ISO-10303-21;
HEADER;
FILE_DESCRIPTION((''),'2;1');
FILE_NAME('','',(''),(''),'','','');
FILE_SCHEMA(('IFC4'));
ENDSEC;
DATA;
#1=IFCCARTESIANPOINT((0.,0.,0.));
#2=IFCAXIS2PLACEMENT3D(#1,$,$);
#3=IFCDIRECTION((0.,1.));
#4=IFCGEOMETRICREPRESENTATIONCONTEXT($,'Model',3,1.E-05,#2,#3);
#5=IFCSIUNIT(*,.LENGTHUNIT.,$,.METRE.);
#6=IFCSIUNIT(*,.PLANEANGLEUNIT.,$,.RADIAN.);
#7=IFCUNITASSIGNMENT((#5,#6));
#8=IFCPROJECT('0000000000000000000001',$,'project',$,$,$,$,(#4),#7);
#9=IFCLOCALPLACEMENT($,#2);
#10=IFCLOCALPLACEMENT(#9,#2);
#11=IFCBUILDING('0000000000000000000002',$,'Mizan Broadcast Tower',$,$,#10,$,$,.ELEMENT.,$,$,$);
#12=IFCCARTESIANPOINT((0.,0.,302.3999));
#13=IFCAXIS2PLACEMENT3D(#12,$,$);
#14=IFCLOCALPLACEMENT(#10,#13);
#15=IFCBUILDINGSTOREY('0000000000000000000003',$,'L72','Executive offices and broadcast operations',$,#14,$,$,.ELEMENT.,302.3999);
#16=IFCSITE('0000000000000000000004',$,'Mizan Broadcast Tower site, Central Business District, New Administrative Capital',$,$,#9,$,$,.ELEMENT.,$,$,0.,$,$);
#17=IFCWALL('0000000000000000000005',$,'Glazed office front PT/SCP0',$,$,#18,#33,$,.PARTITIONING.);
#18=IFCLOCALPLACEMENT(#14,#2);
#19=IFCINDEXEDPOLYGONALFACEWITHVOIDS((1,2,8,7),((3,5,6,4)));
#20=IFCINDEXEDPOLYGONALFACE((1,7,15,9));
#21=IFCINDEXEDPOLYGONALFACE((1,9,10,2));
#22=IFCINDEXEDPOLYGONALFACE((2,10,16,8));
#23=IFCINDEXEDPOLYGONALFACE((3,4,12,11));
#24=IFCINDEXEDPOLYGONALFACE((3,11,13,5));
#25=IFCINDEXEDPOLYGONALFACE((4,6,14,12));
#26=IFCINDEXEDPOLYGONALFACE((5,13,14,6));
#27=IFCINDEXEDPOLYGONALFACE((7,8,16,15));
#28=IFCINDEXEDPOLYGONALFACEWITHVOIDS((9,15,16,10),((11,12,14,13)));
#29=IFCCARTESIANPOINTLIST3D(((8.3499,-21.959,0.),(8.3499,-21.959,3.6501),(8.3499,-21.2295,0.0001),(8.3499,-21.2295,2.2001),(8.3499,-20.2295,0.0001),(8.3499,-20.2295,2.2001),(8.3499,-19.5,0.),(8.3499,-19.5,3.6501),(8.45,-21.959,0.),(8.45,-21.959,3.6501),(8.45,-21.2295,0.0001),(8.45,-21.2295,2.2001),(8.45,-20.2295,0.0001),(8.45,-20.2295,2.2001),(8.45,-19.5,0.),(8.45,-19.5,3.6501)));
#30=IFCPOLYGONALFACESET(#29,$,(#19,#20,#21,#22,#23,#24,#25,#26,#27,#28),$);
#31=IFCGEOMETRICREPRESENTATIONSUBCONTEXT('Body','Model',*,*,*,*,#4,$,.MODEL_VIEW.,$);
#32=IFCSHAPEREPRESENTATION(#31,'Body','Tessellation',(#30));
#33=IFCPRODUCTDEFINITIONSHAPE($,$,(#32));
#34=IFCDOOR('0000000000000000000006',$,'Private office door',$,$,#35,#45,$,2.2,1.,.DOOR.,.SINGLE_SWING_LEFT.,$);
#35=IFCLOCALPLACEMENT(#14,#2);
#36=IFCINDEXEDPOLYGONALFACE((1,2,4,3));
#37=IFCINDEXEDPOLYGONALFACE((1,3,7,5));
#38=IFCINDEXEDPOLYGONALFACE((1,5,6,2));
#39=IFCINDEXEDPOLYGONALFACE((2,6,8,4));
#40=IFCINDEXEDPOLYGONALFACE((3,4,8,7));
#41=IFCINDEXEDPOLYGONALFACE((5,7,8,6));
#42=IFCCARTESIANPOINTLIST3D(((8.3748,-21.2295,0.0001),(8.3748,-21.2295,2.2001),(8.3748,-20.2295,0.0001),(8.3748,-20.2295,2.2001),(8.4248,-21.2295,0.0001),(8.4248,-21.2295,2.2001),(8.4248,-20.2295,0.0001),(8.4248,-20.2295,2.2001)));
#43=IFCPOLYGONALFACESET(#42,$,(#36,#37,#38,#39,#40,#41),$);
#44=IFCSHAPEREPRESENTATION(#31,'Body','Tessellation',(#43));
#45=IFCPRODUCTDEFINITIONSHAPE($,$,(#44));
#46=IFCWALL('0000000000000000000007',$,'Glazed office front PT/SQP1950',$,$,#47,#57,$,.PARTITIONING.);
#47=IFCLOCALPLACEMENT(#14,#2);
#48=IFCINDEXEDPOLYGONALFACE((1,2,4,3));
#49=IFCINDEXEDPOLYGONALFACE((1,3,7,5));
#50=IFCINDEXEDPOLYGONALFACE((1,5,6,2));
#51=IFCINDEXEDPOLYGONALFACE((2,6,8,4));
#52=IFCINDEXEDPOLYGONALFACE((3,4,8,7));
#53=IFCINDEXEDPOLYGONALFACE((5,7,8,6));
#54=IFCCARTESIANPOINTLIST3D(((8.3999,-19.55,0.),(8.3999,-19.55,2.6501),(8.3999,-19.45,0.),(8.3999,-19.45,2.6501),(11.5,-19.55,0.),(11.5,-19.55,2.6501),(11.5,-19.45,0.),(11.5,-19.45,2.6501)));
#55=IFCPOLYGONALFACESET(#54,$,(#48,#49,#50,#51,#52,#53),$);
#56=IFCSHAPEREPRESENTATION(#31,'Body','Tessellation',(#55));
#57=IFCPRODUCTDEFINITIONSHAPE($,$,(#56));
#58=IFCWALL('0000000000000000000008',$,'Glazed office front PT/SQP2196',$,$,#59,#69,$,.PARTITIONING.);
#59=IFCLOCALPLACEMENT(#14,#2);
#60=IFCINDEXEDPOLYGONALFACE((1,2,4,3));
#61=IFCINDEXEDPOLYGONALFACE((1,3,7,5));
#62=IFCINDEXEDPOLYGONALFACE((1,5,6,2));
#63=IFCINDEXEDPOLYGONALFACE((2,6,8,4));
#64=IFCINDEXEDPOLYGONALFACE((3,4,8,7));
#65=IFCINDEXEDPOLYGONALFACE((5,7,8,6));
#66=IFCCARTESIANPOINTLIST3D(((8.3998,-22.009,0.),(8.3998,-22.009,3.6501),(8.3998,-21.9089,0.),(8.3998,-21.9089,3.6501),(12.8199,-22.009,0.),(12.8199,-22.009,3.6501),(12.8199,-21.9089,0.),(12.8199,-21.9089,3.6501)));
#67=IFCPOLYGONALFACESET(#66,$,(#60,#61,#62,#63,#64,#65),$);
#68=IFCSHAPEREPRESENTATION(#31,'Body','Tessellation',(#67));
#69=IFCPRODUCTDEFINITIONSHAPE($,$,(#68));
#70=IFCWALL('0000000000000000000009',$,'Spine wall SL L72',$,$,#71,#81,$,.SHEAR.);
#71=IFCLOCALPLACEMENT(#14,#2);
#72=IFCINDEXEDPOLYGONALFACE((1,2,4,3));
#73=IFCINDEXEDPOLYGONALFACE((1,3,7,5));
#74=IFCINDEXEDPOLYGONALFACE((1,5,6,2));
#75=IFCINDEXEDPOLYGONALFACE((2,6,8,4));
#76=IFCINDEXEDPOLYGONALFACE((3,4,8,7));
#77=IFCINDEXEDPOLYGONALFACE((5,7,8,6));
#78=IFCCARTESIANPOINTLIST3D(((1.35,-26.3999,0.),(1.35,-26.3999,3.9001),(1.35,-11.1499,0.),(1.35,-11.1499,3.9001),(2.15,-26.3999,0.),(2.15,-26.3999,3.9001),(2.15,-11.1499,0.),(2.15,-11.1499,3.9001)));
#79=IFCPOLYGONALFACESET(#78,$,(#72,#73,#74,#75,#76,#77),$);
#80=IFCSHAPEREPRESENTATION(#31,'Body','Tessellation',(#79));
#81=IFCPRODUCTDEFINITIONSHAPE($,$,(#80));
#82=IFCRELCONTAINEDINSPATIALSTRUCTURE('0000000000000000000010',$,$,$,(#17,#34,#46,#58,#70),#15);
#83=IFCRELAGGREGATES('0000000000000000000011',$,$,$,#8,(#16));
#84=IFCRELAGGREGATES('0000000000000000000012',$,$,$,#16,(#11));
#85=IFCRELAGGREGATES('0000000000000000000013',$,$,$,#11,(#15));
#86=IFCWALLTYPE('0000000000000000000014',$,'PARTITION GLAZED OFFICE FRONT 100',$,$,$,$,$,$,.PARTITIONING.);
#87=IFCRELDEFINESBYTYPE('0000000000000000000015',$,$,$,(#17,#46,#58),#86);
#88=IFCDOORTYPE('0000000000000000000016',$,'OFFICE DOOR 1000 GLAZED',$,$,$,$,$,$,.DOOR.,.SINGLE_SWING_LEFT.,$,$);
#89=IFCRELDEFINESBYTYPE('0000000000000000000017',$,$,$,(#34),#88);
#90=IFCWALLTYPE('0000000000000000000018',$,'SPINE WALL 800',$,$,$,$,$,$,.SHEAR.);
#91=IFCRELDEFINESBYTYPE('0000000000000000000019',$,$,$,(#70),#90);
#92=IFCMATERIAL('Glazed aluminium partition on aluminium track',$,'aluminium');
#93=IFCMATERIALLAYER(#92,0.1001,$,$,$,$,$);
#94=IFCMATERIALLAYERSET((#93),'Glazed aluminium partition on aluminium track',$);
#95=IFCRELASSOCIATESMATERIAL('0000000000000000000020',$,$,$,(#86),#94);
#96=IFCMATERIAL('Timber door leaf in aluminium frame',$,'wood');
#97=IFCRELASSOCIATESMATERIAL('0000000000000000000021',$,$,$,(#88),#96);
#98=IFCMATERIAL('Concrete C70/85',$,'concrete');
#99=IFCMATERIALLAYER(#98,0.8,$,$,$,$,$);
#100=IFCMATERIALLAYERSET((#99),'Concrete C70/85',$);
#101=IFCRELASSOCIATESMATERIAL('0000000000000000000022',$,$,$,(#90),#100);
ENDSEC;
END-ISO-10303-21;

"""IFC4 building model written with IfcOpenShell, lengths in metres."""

from ifc_helpers import new_model, si_unit, direction, frame, frame_2d, origin, place, context, subcontext, project, spatial, rectangle, extrude, material, layer, layer_set, type_object, element, fill, save


model = new_model("IFC4")

# Units and contexts
model_context = context("Model", 3, precision=1e-05, world=origin(), true_north=direction((0.0, 1.0)))
body_context = subcontext(model_context, "Body", "Model", "MODEL_VIEW")
ifc_project = project(units=[si_unit("LENGTHUNIT", "METRE"), si_unit("PLANEANGLEUNIT", "RADIAN")], contexts=[model_context])

# Site, building, storey
site_placement = place(None, origin())
site = spatial("IfcSite", under=ifc_project, at=site_placement, Name="Mizan Broadcast Tower site, Central Business District, New Administrative Capital", CompositionType="ELEMENT", RefElevation=0.0)
building_placement = place(site_placement, origin())
building = spatial("IfcBuilding", under=site, at=building_placement, Name="Mizan Broadcast Tower", CompositionType="ELEMENT")
storey_placement = place(building_placement, frame((0.0, 0.0, 302.3999)))
storey = spatial("IfcBuildingStorey", under=building, at=storey_placement, Name="L72", Description="Executive offices and broadcast operations", CompositionType="ELEMENT", Elevation=302.3999)

# Wall, opening, door
ifc_material_1 = material(Name="Glazed aluminium partition on aluminium track", Category="aluminium")
ifc_layer_1 = layer(ifc_material_1, 0.1001)
ifc_layer_set_1 = layer_set([ifc_layer_1], Name="Glazed aluminium partition on aluminium track")
wall_type_1 = type_object("IfcWallType", Name="PARTITION GLAZED OFFICE FRONT 100", PredefinedType="PARTITIONING", material=ifc_layer_set_1)
wall_1_placement = place(storey_placement, frame((8.3999, -19.5, 0.0), z_axis=(0.0, 0.0, 1.0), x_axis=(0.0, -1.0, 0.0)))
wall_1 = element("IfcWall", 1, at=wall_1_placement, inside=storey, type_object=wall_type_1, Name="Glazed office front PT/SCP0", PredefinedType="PARTITIONING", context=body_context, shape_type="SweptSolid", body=[
    extrude(rectangle(XDim=2.459, YDim=0.1001, at=frame_2d((1.2295, 0.0))), origin(), (0.0, 0.0, 1.0), 3.6501),
])
opening_1_placement = place(wall_1_placement, frame((0.7295, 0.0, 0.0)))
opening_1 = element("IfcOpeningElement", 2, at=opening_1_placement, cuts=wall_1, PredefinedType="OPENING", context=body_context, shape_type="SweptSolid", body=[
    extrude(rectangle(XDim=1.0, YDim=2.2, at=frame_2d((0.5, 1.1001))), frame((0.0, 0.0601, 0.0), z_axis=(0.0, -1.0, 0.0), x_axis=(1.0, 0.0, 0.0)), (0.0, 0.0, 1.0), 0.1201),
])
ifc_material_2 = material(Name="Timber door leaf in aluminium frame", Category="wood")
door_type_1 = type_object("IfcDoorType", Name="OFFICE DOOR 1000 GLAZED", OperationType="SINGLE_SWING_LEFT", PredefinedType="DOOR", material=ifc_material_2)
door_1_placement = place(opening_1_placement, origin())
door_1 = element("IfcDoor", 3, at=door_1_placement, inside=storey, type_object=door_type_1, Name="Private office door", OperationType="SINGLE_SWING_LEFT", OverallHeight=2.2, OverallWidth=1.0, PredefinedType="DOOR", context=body_context, shape_type="SweptSolid", body=[
    extrude(rectangle(XDim=1.0, YDim=2.2, at=frame_2d((0.5, 1.1001))), frame((0.0, 0.0249, 0.0), z_axis=(0.0, -1.0, 0.0), x_axis=(1.0, 0.0, 0.0)), (0.0, 0.0, 1.0), 0.05),
])
fill(opening_1, door_1)

# Walls
wall_2_placement = place(storey_placement, frame((8.3999, -19.5, 0.0), z_axis=(0.0, 0.0, 1.0), x_axis=(1.0, 0.0, 0.0)))
element("IfcWall", 4, at=wall_2_placement, inside=storey, type_object=wall_type_1, Name="Glazed office front PT/SQP1950", PredefinedType="PARTITIONING", context=body_context, shape_type="SweptSolid", body=[
    extrude(rectangle(XDim=3.1001, YDim=0.1001, at=frame_2d((1.55, 0.0))), origin(), (0.0, 0.0, 1.0), 2.6501),
])
wall_3_placement = place(storey_placement, frame((8.3999, -21.959, 0.0), z_axis=(0.0, 0.0, 1.0), x_axis=(1.0, 0.0, 0.0)))
element("IfcWall", 5, at=wall_3_placement, inside=storey, type_object=wall_type_1, Name="Glazed office front PT/SQP2196", PredefinedType="PARTITIONING", context=body_context, shape_type="SweptSolid", body=[
    extrude(rectangle(XDim=4.4202, YDim=0.1001, at=frame_2d((2.21, 0.0))), origin(), (0.0, 0.0, 1.0), 3.6501),
])
ifc_material_3 = material(Name="Concrete C70/85", Category="concrete")
ifc_layer_2 = layer(ifc_material_3, 0.8)
ifc_layer_set_2 = layer_set([ifc_layer_2], Name="Concrete C70/85")
wall_type_2 = type_object("IfcWallType", Name="SPINE WALL 800", PredefinedType="SHEAR", material=ifc_layer_set_2)
wall_4_placement = place(storey_placement, frame((1.75, -11.1499, 0.0), z_axis=(0.0, 0.0, 1.0), x_axis=(0.0, -1.0, 0.0)))
element("IfcWall", 6, at=wall_4_placement, inside=storey, type_object=wall_type_2, Name="Spine wall SL L72", PredefinedType="SHEAR", context=body_context, shape_type="SweptSolid", body=[
    extrude(rectangle(XDim=15.25, YDim=0.8, at=frame_2d((7.625, 0.0))), origin(), (0.0, 0.0, 1.0), 3.9001),
])

save(model, "model.ifc")
